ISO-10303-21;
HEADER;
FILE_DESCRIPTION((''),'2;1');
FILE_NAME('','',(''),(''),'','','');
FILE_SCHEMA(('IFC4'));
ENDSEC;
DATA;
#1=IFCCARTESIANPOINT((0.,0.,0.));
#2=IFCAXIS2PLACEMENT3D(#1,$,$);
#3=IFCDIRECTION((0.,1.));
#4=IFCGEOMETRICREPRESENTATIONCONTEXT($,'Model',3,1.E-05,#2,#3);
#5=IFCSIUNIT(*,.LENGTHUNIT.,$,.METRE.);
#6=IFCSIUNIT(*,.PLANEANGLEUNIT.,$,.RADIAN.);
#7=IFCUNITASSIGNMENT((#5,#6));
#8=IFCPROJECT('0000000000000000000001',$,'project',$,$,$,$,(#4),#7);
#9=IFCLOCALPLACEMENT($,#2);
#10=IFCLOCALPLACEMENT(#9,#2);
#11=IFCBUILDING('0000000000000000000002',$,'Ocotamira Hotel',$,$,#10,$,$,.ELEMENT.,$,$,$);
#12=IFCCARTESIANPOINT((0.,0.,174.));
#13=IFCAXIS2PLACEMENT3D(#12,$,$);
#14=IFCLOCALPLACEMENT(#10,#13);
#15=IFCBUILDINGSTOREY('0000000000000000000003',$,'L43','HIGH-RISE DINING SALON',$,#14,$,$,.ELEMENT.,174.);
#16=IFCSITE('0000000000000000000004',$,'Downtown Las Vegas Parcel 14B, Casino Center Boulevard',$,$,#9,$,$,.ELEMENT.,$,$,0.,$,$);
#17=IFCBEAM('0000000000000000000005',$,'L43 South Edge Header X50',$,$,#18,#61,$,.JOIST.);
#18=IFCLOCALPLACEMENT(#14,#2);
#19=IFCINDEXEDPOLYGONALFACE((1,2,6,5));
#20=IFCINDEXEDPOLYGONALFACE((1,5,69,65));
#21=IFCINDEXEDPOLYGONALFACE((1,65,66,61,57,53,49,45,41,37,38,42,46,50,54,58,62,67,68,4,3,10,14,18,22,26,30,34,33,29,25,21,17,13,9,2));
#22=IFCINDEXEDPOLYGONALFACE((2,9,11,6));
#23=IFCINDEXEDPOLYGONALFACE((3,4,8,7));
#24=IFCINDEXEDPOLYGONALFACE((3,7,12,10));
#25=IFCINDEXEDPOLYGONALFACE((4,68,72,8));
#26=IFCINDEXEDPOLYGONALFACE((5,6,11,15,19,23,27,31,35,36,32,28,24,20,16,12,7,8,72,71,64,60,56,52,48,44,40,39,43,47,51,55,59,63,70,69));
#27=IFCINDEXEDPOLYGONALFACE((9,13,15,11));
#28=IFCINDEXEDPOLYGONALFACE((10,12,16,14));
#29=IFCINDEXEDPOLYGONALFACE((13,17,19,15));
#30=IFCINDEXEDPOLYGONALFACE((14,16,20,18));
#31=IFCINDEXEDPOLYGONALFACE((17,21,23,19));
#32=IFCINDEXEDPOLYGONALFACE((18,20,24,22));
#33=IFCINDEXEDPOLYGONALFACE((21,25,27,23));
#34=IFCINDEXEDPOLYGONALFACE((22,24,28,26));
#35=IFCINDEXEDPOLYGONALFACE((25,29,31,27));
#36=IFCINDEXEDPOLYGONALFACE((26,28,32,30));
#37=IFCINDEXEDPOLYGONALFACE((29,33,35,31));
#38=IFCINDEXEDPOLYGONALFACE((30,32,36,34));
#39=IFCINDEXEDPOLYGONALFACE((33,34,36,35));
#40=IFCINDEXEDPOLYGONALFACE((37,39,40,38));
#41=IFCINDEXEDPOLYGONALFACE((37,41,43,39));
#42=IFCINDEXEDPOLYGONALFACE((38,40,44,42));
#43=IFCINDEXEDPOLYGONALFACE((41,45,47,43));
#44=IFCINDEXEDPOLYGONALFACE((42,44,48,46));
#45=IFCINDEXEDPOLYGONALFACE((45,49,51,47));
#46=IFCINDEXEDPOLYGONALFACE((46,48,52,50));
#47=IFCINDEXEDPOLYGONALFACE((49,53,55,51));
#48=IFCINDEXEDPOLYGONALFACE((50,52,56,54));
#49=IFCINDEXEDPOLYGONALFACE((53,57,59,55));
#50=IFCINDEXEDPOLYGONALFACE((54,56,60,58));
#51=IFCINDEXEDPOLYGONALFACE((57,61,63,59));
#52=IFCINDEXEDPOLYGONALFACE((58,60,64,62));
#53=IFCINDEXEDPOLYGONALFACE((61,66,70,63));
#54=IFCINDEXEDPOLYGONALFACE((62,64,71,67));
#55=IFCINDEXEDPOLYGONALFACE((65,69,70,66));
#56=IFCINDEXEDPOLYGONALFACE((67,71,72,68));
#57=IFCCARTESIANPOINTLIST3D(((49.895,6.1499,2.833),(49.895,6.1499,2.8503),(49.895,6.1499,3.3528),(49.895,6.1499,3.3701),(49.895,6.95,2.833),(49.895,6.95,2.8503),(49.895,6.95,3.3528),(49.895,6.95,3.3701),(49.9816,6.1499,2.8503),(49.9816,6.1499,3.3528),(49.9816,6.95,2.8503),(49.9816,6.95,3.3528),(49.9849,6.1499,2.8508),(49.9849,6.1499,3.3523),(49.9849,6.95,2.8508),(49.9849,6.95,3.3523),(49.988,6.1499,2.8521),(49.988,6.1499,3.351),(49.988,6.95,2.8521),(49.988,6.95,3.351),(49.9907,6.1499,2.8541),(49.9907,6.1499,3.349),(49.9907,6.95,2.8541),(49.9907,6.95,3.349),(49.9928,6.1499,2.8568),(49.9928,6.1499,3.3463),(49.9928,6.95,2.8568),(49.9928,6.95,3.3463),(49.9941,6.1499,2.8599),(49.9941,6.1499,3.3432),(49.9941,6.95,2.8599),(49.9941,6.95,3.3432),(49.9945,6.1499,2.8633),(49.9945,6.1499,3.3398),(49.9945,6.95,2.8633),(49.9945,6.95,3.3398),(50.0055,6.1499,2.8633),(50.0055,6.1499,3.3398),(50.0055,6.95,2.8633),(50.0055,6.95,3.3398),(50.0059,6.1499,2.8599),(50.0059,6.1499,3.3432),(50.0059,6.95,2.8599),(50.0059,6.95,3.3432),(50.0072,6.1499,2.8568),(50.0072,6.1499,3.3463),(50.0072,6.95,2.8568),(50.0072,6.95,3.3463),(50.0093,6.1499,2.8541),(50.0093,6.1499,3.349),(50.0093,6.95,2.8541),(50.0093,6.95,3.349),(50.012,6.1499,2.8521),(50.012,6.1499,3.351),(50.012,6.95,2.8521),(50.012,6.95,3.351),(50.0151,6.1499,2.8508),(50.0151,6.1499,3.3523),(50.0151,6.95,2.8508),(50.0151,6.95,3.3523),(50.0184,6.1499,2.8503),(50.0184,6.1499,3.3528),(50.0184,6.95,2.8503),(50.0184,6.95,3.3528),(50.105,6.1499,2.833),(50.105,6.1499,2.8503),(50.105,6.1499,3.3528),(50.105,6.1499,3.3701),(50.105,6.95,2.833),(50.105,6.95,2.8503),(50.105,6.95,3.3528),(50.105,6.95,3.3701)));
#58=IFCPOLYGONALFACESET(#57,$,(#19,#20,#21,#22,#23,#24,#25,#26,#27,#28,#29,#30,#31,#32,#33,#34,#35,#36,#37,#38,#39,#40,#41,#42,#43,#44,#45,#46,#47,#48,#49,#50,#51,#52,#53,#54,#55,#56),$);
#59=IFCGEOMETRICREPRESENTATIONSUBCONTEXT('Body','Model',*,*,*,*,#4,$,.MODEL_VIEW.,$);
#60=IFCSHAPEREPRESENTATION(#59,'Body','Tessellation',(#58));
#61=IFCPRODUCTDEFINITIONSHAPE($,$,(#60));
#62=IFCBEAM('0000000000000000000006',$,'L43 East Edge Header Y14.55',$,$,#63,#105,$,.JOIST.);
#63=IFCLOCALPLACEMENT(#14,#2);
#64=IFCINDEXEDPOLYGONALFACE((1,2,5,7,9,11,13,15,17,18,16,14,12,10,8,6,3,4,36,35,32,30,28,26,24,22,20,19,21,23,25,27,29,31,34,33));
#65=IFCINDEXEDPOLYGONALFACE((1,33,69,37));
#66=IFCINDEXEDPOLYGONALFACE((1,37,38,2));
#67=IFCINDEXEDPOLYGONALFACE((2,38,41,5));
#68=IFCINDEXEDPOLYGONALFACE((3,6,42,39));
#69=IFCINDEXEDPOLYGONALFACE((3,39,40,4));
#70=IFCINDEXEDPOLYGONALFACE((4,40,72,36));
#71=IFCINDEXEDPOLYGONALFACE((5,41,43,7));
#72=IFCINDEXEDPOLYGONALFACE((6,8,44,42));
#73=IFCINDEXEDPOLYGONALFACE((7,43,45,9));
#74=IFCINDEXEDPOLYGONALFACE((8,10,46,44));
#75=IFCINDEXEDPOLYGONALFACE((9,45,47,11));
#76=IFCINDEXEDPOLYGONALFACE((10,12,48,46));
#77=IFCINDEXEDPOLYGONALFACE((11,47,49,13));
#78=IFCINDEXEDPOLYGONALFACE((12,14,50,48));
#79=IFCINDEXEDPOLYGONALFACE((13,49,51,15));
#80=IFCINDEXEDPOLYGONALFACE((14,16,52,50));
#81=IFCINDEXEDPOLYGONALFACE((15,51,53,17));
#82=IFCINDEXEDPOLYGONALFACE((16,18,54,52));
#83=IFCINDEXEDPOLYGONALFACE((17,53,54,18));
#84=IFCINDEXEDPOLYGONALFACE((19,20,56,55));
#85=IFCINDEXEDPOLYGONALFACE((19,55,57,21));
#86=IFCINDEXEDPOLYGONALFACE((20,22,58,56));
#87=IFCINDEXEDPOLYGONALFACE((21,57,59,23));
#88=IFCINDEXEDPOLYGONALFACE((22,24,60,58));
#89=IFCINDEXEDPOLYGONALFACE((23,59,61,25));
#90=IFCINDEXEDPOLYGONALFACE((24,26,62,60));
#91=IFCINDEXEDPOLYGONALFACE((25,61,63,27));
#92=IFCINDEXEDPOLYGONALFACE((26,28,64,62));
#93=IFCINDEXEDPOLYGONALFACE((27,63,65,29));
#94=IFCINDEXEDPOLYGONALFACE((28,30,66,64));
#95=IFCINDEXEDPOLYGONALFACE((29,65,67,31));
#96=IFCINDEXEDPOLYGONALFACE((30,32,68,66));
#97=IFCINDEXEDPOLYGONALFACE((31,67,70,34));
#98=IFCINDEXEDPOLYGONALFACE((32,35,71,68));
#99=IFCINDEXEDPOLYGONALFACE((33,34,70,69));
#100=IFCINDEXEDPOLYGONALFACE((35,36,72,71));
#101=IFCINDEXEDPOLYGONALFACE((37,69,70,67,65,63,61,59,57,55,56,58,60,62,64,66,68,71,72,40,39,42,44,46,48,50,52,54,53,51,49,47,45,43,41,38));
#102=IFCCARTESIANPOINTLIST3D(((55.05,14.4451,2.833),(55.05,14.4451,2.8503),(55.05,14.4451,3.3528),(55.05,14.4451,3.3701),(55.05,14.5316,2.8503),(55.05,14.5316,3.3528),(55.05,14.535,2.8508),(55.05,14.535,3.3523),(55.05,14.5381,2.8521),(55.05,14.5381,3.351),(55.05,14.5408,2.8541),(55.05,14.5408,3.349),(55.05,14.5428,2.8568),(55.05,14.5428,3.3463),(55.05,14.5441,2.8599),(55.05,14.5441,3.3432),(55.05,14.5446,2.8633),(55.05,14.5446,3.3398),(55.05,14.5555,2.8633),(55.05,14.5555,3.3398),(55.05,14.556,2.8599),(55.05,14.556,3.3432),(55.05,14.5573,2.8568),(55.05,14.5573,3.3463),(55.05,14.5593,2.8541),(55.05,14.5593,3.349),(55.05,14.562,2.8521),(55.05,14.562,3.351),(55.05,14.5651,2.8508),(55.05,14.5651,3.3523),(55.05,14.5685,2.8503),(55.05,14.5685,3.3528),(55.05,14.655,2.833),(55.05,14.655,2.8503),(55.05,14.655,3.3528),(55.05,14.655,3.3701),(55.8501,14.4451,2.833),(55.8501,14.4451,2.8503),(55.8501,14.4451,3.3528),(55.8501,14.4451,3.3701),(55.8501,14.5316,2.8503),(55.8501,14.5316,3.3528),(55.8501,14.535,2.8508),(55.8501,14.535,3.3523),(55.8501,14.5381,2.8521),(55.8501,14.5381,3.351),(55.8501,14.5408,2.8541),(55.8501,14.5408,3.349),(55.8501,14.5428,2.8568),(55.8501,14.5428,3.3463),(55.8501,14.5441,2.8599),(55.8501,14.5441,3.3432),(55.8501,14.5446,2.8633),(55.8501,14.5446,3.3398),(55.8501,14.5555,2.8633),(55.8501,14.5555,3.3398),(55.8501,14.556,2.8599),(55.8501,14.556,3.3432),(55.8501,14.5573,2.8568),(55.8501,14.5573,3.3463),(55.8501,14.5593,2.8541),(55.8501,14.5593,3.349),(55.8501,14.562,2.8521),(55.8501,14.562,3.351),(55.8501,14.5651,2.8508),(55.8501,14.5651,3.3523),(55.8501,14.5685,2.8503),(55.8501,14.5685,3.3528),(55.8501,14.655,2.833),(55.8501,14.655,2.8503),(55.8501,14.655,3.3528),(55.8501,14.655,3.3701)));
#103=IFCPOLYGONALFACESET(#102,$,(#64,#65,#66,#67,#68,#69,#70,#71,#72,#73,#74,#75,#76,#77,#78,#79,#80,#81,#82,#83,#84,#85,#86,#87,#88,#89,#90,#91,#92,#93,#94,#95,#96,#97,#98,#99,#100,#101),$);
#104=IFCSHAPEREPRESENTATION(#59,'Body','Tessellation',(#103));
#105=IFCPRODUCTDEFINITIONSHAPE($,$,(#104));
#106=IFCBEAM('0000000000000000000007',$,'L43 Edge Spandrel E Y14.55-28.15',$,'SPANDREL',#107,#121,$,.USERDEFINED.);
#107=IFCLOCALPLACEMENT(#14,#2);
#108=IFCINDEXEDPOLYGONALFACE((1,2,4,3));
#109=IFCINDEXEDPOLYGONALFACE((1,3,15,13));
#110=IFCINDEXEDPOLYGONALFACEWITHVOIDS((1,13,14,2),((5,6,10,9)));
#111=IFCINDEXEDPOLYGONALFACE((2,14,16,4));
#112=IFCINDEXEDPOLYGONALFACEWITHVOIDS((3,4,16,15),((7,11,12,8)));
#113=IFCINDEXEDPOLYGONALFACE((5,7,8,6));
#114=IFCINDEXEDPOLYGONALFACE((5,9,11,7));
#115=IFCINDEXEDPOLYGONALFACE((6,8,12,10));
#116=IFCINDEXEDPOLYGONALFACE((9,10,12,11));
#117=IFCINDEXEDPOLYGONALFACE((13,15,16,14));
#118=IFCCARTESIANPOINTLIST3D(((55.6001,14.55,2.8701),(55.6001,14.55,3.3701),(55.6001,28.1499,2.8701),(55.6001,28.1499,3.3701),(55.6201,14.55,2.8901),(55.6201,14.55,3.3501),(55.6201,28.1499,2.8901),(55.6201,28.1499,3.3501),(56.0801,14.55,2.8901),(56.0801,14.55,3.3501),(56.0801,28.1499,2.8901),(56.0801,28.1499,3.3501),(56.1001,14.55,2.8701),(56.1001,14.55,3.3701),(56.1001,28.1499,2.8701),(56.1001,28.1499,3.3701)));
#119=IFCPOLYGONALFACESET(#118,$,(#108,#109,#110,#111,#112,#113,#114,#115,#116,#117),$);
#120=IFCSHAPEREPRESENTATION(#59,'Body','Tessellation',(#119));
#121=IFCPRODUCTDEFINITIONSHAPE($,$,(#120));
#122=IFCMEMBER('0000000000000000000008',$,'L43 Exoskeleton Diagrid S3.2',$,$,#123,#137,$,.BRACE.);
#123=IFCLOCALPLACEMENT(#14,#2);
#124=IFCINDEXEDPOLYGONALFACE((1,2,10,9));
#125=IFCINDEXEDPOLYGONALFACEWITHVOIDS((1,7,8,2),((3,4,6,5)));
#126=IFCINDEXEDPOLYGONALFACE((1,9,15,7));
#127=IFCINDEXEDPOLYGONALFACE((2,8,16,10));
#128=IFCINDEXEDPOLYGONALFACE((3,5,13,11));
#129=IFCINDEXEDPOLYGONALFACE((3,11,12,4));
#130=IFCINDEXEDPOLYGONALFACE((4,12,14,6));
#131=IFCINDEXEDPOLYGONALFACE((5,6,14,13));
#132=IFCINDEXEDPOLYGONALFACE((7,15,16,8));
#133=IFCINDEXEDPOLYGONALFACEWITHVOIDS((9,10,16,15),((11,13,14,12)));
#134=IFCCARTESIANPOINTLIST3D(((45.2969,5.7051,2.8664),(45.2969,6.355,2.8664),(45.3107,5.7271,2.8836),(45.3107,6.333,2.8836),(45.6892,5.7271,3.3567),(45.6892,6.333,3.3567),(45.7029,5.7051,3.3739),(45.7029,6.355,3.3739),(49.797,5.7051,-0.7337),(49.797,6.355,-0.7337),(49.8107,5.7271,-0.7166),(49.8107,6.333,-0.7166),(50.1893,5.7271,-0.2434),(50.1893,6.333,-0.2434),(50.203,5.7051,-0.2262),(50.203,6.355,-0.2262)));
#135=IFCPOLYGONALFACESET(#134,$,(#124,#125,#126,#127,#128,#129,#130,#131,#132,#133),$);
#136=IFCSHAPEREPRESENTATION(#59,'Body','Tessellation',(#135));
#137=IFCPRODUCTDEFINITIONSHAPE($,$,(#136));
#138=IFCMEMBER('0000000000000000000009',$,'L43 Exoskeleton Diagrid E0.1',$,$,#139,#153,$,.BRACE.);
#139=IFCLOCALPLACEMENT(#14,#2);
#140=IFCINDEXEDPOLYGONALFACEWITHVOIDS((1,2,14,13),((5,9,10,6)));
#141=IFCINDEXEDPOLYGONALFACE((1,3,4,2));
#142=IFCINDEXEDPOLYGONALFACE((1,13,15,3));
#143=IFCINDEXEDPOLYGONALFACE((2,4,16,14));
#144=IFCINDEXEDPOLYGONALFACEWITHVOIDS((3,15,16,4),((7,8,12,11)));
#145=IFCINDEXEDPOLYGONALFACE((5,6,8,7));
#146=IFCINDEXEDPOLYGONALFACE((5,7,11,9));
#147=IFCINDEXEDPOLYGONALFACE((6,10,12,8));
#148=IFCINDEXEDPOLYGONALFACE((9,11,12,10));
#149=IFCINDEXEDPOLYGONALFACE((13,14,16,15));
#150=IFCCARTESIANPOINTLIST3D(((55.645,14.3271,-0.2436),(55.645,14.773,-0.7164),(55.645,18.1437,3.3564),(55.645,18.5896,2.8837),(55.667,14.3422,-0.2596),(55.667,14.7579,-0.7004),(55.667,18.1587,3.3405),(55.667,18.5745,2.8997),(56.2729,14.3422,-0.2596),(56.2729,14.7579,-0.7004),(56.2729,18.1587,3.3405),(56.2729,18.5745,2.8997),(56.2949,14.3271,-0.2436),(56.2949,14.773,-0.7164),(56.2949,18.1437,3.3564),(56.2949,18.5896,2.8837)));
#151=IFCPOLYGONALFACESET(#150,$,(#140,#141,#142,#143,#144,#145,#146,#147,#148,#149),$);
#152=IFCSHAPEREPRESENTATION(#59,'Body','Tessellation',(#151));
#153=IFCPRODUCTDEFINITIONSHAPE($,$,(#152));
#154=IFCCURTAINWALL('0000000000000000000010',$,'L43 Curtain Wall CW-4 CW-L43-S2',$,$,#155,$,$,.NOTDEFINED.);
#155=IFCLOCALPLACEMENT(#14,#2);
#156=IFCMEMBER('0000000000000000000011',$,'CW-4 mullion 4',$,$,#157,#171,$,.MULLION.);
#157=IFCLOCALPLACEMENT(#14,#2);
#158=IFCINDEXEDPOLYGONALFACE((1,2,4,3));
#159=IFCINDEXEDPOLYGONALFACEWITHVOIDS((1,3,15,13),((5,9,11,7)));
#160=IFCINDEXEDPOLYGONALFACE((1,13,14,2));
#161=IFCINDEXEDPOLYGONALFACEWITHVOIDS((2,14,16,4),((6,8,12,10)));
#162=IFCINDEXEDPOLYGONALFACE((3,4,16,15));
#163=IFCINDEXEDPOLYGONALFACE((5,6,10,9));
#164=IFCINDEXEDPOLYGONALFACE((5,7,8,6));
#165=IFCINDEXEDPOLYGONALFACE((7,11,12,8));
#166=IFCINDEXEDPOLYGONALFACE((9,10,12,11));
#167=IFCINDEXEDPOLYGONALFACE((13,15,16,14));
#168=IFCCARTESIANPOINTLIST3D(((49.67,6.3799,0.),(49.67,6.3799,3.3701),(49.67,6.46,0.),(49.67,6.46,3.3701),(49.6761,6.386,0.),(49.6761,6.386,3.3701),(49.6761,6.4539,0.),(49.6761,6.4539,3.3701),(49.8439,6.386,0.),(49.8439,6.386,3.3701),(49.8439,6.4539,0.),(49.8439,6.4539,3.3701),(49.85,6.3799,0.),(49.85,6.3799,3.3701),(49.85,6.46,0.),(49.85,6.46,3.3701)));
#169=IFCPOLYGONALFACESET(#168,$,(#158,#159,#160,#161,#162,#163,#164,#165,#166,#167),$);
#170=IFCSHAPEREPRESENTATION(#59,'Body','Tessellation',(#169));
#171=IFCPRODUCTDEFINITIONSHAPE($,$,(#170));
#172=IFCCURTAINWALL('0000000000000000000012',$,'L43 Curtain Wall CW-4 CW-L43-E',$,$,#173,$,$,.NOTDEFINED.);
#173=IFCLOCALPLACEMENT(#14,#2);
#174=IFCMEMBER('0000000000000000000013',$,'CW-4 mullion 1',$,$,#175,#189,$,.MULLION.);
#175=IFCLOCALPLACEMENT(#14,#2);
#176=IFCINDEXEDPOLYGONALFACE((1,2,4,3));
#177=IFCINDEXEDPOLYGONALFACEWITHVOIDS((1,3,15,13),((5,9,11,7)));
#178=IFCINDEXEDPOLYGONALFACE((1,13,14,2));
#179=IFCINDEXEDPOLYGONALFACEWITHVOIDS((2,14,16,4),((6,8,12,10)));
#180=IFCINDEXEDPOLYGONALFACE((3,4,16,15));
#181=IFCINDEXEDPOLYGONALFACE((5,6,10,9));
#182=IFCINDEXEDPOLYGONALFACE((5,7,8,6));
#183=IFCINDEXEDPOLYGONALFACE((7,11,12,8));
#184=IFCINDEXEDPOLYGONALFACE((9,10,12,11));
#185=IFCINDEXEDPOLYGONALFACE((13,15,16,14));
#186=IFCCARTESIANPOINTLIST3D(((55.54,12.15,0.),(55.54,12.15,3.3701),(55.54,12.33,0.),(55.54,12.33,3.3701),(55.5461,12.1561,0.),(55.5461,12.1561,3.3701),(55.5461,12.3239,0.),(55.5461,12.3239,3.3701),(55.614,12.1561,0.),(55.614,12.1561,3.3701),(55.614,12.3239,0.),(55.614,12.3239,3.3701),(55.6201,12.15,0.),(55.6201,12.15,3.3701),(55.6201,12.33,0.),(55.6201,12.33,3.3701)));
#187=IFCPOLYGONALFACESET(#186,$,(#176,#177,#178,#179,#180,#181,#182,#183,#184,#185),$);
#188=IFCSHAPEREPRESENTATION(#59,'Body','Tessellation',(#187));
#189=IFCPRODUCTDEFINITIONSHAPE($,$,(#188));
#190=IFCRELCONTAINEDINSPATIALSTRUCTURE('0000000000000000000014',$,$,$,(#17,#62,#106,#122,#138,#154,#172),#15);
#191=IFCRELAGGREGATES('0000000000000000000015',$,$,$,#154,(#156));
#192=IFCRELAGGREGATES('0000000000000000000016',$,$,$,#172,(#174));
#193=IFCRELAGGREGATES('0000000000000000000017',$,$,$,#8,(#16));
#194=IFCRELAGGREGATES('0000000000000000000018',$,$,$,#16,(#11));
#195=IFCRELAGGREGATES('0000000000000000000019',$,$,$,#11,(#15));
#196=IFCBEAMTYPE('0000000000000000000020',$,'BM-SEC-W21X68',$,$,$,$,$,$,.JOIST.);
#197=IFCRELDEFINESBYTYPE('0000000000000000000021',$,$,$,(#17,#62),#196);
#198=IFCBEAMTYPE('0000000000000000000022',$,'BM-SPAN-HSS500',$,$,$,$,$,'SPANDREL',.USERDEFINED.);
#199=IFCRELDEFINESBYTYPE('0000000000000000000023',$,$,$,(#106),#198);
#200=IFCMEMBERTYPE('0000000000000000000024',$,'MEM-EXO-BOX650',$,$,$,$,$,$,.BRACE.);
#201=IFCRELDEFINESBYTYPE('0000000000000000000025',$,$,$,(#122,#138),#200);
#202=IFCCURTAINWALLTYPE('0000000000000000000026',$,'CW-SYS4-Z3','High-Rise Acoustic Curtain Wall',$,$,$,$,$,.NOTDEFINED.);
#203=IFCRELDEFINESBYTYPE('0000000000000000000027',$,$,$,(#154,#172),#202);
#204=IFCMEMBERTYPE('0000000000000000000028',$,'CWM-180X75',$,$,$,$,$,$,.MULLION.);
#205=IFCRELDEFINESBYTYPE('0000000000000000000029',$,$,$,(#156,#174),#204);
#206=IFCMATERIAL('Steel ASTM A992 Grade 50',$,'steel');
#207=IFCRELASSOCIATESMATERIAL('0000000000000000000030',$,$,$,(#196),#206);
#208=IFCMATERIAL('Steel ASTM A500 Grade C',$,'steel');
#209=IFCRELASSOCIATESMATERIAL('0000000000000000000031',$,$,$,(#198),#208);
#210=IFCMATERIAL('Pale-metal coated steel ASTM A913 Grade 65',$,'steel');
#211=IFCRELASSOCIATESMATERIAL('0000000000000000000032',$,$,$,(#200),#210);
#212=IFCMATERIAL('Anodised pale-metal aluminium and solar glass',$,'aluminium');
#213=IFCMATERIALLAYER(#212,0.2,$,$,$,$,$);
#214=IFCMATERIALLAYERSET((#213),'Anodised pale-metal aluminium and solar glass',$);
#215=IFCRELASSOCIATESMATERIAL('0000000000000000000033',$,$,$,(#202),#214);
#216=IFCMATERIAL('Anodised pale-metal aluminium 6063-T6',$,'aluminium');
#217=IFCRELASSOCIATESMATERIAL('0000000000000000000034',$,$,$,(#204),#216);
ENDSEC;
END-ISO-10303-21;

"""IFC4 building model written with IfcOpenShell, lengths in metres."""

from ifc_helpers import new_model, si_unit, direction, frame, origin, origin_2d, place, context, subcontext, project, spatial, hollow_rectangle, i_section, extrude, source, transform, mapped, material, layer, layer_set, material_profile, profile_set, type_object, element, aggregate, save


model = new_model("IFC4")

# Units and contexts
model_context = context("Model", 3, precision=1e-05, world=origin(), true_north=direction((0.0, 1.0)))
body_context = subcontext(model_context, "Body", "Model", "MODEL_VIEW")
ifc_project = project(units=[si_unit("LENGTHUNIT", "METRE"), si_unit("PLANEANGLEUNIT", "RADIAN")], contexts=[model_context])

# Site, building, storey
site_placement = place(None, origin())
site = spatial("IfcSite", under=ifc_project, at=site_placement, Name="Downtown Las Vegas Parcel 14B, Casino Center Boulevard", CompositionType="ELEMENT", RefElevation=0.0)
building_placement = place(site_placement, origin())
building = spatial("IfcBuilding", under=site, at=building_placement, Name="Ocotamira Hotel", CompositionType="ELEMENT")
storey_placement = place(building_placement, frame((0.0, 0.0, 174.0)))
storey = spatial("IfcBuildingStorey", under=building, at=storey_placement, Name="L43", Description="HIGH-RISE DINING SALON", CompositionType="ELEMENT", Elevation=174.0)

# Beams
ifc_material_1 = material(Name="Steel ASTM A992 Grade 50", Category="steel")
ifc_material_profile_1 = material_profile(ifc_material_1, i_section(OverallWidth=0.21, OverallDepth=0.5371, WebThickness=0.011, FlangeThickness=0.0173, FilletRadius=0.0129, at=origin_2d()), Name="W21X68")
ifc_profile_set_1 = profile_set([ifc_material_profile_1], Name="Steel ASTM A992 Grade 50")
beam_type_1 = type_object("IfcBeamType", Name="BM-SEC-W21X68", PredefinedType="JOIST", material=ifc_profile_set_1)
shared_shape_1 = source(origin(), body_context, "Body", "SweptSolid", [
    extrude(i_section(OverallWidth=0.21, OverallDepth=0.5371, WebThickness=0.011, FlangeThickness=0.0173, FilletRadius=0.0129, at=origin_2d()), origin(), (0.0, 0.0, 1.0), 0.8),
])
for number, where, z_axis, x_axis, name in (
    (1, (50.0, 6.95, 3.1016), (0.0, -1.0, 0.0), (1.0, 0.0, 0.0), "L43 South Edge Header X50"),
    (2, (55.05, 14.55, 3.1016), (1.0, 0.0, 0.0), (0.0, 1.0, 0.0), "L43 East Edge Header Y14.55"),
):
    element("IfcBeam", number, at=place(storey_placement, frame(where, z_axis=z_axis, x_axis=x_axis)), inside=storey, type_object=beam_type_1, Name=name, PredefinedType="JOIST", context=body_context, shape_type="MappedRepresentation", body=[
        mapped(shared_shape_1, transform((0.0, 0.0, 0.0), scale=1.0)),
    ])
ifc_material_2 = material(Name="Steel ASTM A500 Grade C", Category="steel")
ifc_material_profile_2 = material_profile(ifc_material_2, hollow_rectangle(XDim=0.5, YDim=0.5, WallThickness=0.02, at=origin_2d()), Name="HSS500X500X20")
ifc_profile_set_2 = profile_set([ifc_material_profile_2], Name="Steel ASTM A500 Grade C")
beam_type_2 = type_object("IfcBeamType", Name="BM-SPAN-HSS500", ElementType="SPANDREL", PredefinedType="USERDEFINED", material=ifc_profile_set_2)
shared_shape_2 = source(origin(), body_context, "Body", "SweptSolid", [
    extrude(hollow_rectangle(XDim=0.5, YDim=0.5, WallThickness=0.02, at=origin_2d()), origin(), (0.0, 0.0, 1.0), 13.5999),
])
beam_1_placement = place(storey_placement, frame((55.8501, 14.55, 3.1201), z_axis=(0.0, 1.0, 0.0), x_axis=(-1.0, 0.0, 0.0)))
element("IfcBeam", 3, at=beam_1_placement, inside=storey, type_object=beam_type_2, Name="L43 Edge Spandrel E Y14.55-28.15", ObjectType="SPANDREL", PredefinedType="USERDEFINED", context=body_context, shape_type="MappedRepresentation", body=[
    mapped(shared_shape_2, transform((0.0, 0.0, 0.0), scale=1.0)),
])

# Members
ifc_material_3 = material(Name="Pale-metal coated steel ASTM A913 Grade 65", Category="steel")
ifc_material_profile_3 = material_profile(ifc_material_3, hollow_rectangle(XDim=0.6499, YDim=0.6499, WallThickness=0.022, at=origin_2d()), Name="BOX650X650X22")
ifc_profile_set_3 = profile_set([ifc_material_profile_3], Name="Pale-metal coated steel ASTM A913 Grade 65")
member_type_1 = type_object("IfcMemberType", Name="MEM-EXO-BOX650", PredefinedType="BRACE", material=ifc_profile_set_3)
shared_shape_3 = source(origin(), body_context, "Body", "SweptSolid", [
    extrude(hollow_rectangle(XDim=0.6499, YDim=0.6499, WallThickness=0.022, at=origin_2d()), origin(), (0.0, 0.0, 1.0), 5.7629),
])
member_1_placement = place(storey_placement, frame((50.0, 6.03, -0.48), z_axis=(-0.780861, 0.0, 0.624705), x_axis=(0.0, -1.0, 0.0)))
element("IfcMember", 4, at=member_1_placement, inside=storey, type_object=member_type_1, Name="L43 Exoskeleton Diagrid S3.2", PredefinedType="BRACE", context=body_context, shape_type="MappedRepresentation", body=[
    mapped(shared_shape_3, transform((0.0, 0.0, 0.0), scale=1.0)),
])
shared_shape_4 = source(origin(), body_context, "Body", "SweptSolid", [
    extrude(hollow_rectangle(XDim=0.6499, YDim=0.6499, WallThickness=0.022, at=origin_2d()), origin(), (0.0, 0.0, 1.0), 5.2466),
])
member_2_placement = place(storey_placement, frame((55.97, 14.55, -0.48), z_axis=(0.0, 0.727443, 0.686168), x_axis=(-1.0, 0.0, 0.0)))
element("IfcMember", 5, at=member_2_placement, inside=storey, type_object=member_type_1, Name="L43 Exoskeleton Diagrid E0.1", PredefinedType="BRACE", context=body_context, shape_type="MappedRepresentation", body=[
    mapped(shared_shape_4, transform((0.0, 0.0, 0.0), scale=1.0)),
])

# Curtain wall, member
ifc_material_4 = material(Name="Anodised pale-metal aluminium and solar glass", Category="aluminium")
ifc_layer_1 = layer(ifc_material_4, 0.2)
ifc_layer_set_1 = layer_set([ifc_layer_1], Name="Anodised pale-metal aluminium and solar glass")
curtain_wall_type = type_object("IfcCurtainWallType", Name="CW-SYS4-Z3", Description="High-Rise Acoustic Curtain Wall", PredefinedType="NOTDEFINED", material=ifc_layer_set_1)
curtain_wall_1_placement = place(storey_placement, origin())
curtain_wall_1 = element("IfcCurtainWall", 6, at=curtain_wall_1_placement, inside=storey, type_object=curtain_wall_type, Name="L43 Curtain Wall CW-4 CW-L43-S2", PredefinedType="NOTDEFINED")
ifc_material_5 = material(Name="Anodised pale-metal aluminium 6063-T6", Category="aluminium")
ifc_material_profile_4 = material_profile(ifc_material_5, hollow_rectangle(XDim=0.0801, YDim=0.1799, WallThickness=0.0061, at=origin_2d()), Name="HSS180X80X6")
ifc_profile_set_4 = profile_set([ifc_material_profile_4], Name="Anodised pale-metal aluminium 6063-T6")
member_type_2 = type_object("IfcMemberType", Name="CWM-180X75", PredefinedType="MULLION", material=ifc_profile_set_4)
shared_shape_5 = source(origin(), body_context, "Body", "SweptSolid", [
    extrude(hollow_rectangle(XDim=0.0801, YDim=0.1799, WallThickness=0.0061, at=origin_2d()), origin(), (0.0, 0.0, 1.0), 3.3701),
])
member_3_placement = place(storey_placement, frame((49.76, 6.4199, 0.0), z_axis=(0.0, 0.0, 1.0), x_axis=(0.0, 1.0, 0.0)))
member_3 = element("IfcMember", 7, at=member_3_placement, type_object=member_type_2, Name="CW-4 mullion 4", PredefinedType="MULLION", context=body_context, shape_type="MappedRepresentation", body=[
    mapped(shared_shape_5, transform((0.0, 0.0, 0.0), scale=1.0)),
])

# Curtain wall, member
curtain_wall_2_placement = place(storey_placement, origin())
curtain_wall_2 = element("IfcCurtainWall", 8, at=curtain_wall_2_placement, inside=storey, type_object=curtain_wall_type, Name="L43 Curtain Wall CW-4 CW-L43-E", PredefinedType="NOTDEFINED")
member_4_placement = place(storey_placement, frame((55.5801, 12.24, 0.0), z_axis=(0.0, 0.0, 1.0), x_axis=(-1.0, 0.0, 0.0)))
member_4 = element("IfcMember", 9, at=member_4_placement, type_object=member_type_2, Name="CW-4 mullion 1", PredefinedType="MULLION", context=body_context, shape_type="MappedRepresentation", body=[
    mapped(shared_shape_5, transform((0.0, 0.0, 0.0), scale=1.0)),
])

aggregate(curtain_wall_1, [member_3])
aggregate(curtain_wall_2, [member_4])

save(model, "model.ifc")
